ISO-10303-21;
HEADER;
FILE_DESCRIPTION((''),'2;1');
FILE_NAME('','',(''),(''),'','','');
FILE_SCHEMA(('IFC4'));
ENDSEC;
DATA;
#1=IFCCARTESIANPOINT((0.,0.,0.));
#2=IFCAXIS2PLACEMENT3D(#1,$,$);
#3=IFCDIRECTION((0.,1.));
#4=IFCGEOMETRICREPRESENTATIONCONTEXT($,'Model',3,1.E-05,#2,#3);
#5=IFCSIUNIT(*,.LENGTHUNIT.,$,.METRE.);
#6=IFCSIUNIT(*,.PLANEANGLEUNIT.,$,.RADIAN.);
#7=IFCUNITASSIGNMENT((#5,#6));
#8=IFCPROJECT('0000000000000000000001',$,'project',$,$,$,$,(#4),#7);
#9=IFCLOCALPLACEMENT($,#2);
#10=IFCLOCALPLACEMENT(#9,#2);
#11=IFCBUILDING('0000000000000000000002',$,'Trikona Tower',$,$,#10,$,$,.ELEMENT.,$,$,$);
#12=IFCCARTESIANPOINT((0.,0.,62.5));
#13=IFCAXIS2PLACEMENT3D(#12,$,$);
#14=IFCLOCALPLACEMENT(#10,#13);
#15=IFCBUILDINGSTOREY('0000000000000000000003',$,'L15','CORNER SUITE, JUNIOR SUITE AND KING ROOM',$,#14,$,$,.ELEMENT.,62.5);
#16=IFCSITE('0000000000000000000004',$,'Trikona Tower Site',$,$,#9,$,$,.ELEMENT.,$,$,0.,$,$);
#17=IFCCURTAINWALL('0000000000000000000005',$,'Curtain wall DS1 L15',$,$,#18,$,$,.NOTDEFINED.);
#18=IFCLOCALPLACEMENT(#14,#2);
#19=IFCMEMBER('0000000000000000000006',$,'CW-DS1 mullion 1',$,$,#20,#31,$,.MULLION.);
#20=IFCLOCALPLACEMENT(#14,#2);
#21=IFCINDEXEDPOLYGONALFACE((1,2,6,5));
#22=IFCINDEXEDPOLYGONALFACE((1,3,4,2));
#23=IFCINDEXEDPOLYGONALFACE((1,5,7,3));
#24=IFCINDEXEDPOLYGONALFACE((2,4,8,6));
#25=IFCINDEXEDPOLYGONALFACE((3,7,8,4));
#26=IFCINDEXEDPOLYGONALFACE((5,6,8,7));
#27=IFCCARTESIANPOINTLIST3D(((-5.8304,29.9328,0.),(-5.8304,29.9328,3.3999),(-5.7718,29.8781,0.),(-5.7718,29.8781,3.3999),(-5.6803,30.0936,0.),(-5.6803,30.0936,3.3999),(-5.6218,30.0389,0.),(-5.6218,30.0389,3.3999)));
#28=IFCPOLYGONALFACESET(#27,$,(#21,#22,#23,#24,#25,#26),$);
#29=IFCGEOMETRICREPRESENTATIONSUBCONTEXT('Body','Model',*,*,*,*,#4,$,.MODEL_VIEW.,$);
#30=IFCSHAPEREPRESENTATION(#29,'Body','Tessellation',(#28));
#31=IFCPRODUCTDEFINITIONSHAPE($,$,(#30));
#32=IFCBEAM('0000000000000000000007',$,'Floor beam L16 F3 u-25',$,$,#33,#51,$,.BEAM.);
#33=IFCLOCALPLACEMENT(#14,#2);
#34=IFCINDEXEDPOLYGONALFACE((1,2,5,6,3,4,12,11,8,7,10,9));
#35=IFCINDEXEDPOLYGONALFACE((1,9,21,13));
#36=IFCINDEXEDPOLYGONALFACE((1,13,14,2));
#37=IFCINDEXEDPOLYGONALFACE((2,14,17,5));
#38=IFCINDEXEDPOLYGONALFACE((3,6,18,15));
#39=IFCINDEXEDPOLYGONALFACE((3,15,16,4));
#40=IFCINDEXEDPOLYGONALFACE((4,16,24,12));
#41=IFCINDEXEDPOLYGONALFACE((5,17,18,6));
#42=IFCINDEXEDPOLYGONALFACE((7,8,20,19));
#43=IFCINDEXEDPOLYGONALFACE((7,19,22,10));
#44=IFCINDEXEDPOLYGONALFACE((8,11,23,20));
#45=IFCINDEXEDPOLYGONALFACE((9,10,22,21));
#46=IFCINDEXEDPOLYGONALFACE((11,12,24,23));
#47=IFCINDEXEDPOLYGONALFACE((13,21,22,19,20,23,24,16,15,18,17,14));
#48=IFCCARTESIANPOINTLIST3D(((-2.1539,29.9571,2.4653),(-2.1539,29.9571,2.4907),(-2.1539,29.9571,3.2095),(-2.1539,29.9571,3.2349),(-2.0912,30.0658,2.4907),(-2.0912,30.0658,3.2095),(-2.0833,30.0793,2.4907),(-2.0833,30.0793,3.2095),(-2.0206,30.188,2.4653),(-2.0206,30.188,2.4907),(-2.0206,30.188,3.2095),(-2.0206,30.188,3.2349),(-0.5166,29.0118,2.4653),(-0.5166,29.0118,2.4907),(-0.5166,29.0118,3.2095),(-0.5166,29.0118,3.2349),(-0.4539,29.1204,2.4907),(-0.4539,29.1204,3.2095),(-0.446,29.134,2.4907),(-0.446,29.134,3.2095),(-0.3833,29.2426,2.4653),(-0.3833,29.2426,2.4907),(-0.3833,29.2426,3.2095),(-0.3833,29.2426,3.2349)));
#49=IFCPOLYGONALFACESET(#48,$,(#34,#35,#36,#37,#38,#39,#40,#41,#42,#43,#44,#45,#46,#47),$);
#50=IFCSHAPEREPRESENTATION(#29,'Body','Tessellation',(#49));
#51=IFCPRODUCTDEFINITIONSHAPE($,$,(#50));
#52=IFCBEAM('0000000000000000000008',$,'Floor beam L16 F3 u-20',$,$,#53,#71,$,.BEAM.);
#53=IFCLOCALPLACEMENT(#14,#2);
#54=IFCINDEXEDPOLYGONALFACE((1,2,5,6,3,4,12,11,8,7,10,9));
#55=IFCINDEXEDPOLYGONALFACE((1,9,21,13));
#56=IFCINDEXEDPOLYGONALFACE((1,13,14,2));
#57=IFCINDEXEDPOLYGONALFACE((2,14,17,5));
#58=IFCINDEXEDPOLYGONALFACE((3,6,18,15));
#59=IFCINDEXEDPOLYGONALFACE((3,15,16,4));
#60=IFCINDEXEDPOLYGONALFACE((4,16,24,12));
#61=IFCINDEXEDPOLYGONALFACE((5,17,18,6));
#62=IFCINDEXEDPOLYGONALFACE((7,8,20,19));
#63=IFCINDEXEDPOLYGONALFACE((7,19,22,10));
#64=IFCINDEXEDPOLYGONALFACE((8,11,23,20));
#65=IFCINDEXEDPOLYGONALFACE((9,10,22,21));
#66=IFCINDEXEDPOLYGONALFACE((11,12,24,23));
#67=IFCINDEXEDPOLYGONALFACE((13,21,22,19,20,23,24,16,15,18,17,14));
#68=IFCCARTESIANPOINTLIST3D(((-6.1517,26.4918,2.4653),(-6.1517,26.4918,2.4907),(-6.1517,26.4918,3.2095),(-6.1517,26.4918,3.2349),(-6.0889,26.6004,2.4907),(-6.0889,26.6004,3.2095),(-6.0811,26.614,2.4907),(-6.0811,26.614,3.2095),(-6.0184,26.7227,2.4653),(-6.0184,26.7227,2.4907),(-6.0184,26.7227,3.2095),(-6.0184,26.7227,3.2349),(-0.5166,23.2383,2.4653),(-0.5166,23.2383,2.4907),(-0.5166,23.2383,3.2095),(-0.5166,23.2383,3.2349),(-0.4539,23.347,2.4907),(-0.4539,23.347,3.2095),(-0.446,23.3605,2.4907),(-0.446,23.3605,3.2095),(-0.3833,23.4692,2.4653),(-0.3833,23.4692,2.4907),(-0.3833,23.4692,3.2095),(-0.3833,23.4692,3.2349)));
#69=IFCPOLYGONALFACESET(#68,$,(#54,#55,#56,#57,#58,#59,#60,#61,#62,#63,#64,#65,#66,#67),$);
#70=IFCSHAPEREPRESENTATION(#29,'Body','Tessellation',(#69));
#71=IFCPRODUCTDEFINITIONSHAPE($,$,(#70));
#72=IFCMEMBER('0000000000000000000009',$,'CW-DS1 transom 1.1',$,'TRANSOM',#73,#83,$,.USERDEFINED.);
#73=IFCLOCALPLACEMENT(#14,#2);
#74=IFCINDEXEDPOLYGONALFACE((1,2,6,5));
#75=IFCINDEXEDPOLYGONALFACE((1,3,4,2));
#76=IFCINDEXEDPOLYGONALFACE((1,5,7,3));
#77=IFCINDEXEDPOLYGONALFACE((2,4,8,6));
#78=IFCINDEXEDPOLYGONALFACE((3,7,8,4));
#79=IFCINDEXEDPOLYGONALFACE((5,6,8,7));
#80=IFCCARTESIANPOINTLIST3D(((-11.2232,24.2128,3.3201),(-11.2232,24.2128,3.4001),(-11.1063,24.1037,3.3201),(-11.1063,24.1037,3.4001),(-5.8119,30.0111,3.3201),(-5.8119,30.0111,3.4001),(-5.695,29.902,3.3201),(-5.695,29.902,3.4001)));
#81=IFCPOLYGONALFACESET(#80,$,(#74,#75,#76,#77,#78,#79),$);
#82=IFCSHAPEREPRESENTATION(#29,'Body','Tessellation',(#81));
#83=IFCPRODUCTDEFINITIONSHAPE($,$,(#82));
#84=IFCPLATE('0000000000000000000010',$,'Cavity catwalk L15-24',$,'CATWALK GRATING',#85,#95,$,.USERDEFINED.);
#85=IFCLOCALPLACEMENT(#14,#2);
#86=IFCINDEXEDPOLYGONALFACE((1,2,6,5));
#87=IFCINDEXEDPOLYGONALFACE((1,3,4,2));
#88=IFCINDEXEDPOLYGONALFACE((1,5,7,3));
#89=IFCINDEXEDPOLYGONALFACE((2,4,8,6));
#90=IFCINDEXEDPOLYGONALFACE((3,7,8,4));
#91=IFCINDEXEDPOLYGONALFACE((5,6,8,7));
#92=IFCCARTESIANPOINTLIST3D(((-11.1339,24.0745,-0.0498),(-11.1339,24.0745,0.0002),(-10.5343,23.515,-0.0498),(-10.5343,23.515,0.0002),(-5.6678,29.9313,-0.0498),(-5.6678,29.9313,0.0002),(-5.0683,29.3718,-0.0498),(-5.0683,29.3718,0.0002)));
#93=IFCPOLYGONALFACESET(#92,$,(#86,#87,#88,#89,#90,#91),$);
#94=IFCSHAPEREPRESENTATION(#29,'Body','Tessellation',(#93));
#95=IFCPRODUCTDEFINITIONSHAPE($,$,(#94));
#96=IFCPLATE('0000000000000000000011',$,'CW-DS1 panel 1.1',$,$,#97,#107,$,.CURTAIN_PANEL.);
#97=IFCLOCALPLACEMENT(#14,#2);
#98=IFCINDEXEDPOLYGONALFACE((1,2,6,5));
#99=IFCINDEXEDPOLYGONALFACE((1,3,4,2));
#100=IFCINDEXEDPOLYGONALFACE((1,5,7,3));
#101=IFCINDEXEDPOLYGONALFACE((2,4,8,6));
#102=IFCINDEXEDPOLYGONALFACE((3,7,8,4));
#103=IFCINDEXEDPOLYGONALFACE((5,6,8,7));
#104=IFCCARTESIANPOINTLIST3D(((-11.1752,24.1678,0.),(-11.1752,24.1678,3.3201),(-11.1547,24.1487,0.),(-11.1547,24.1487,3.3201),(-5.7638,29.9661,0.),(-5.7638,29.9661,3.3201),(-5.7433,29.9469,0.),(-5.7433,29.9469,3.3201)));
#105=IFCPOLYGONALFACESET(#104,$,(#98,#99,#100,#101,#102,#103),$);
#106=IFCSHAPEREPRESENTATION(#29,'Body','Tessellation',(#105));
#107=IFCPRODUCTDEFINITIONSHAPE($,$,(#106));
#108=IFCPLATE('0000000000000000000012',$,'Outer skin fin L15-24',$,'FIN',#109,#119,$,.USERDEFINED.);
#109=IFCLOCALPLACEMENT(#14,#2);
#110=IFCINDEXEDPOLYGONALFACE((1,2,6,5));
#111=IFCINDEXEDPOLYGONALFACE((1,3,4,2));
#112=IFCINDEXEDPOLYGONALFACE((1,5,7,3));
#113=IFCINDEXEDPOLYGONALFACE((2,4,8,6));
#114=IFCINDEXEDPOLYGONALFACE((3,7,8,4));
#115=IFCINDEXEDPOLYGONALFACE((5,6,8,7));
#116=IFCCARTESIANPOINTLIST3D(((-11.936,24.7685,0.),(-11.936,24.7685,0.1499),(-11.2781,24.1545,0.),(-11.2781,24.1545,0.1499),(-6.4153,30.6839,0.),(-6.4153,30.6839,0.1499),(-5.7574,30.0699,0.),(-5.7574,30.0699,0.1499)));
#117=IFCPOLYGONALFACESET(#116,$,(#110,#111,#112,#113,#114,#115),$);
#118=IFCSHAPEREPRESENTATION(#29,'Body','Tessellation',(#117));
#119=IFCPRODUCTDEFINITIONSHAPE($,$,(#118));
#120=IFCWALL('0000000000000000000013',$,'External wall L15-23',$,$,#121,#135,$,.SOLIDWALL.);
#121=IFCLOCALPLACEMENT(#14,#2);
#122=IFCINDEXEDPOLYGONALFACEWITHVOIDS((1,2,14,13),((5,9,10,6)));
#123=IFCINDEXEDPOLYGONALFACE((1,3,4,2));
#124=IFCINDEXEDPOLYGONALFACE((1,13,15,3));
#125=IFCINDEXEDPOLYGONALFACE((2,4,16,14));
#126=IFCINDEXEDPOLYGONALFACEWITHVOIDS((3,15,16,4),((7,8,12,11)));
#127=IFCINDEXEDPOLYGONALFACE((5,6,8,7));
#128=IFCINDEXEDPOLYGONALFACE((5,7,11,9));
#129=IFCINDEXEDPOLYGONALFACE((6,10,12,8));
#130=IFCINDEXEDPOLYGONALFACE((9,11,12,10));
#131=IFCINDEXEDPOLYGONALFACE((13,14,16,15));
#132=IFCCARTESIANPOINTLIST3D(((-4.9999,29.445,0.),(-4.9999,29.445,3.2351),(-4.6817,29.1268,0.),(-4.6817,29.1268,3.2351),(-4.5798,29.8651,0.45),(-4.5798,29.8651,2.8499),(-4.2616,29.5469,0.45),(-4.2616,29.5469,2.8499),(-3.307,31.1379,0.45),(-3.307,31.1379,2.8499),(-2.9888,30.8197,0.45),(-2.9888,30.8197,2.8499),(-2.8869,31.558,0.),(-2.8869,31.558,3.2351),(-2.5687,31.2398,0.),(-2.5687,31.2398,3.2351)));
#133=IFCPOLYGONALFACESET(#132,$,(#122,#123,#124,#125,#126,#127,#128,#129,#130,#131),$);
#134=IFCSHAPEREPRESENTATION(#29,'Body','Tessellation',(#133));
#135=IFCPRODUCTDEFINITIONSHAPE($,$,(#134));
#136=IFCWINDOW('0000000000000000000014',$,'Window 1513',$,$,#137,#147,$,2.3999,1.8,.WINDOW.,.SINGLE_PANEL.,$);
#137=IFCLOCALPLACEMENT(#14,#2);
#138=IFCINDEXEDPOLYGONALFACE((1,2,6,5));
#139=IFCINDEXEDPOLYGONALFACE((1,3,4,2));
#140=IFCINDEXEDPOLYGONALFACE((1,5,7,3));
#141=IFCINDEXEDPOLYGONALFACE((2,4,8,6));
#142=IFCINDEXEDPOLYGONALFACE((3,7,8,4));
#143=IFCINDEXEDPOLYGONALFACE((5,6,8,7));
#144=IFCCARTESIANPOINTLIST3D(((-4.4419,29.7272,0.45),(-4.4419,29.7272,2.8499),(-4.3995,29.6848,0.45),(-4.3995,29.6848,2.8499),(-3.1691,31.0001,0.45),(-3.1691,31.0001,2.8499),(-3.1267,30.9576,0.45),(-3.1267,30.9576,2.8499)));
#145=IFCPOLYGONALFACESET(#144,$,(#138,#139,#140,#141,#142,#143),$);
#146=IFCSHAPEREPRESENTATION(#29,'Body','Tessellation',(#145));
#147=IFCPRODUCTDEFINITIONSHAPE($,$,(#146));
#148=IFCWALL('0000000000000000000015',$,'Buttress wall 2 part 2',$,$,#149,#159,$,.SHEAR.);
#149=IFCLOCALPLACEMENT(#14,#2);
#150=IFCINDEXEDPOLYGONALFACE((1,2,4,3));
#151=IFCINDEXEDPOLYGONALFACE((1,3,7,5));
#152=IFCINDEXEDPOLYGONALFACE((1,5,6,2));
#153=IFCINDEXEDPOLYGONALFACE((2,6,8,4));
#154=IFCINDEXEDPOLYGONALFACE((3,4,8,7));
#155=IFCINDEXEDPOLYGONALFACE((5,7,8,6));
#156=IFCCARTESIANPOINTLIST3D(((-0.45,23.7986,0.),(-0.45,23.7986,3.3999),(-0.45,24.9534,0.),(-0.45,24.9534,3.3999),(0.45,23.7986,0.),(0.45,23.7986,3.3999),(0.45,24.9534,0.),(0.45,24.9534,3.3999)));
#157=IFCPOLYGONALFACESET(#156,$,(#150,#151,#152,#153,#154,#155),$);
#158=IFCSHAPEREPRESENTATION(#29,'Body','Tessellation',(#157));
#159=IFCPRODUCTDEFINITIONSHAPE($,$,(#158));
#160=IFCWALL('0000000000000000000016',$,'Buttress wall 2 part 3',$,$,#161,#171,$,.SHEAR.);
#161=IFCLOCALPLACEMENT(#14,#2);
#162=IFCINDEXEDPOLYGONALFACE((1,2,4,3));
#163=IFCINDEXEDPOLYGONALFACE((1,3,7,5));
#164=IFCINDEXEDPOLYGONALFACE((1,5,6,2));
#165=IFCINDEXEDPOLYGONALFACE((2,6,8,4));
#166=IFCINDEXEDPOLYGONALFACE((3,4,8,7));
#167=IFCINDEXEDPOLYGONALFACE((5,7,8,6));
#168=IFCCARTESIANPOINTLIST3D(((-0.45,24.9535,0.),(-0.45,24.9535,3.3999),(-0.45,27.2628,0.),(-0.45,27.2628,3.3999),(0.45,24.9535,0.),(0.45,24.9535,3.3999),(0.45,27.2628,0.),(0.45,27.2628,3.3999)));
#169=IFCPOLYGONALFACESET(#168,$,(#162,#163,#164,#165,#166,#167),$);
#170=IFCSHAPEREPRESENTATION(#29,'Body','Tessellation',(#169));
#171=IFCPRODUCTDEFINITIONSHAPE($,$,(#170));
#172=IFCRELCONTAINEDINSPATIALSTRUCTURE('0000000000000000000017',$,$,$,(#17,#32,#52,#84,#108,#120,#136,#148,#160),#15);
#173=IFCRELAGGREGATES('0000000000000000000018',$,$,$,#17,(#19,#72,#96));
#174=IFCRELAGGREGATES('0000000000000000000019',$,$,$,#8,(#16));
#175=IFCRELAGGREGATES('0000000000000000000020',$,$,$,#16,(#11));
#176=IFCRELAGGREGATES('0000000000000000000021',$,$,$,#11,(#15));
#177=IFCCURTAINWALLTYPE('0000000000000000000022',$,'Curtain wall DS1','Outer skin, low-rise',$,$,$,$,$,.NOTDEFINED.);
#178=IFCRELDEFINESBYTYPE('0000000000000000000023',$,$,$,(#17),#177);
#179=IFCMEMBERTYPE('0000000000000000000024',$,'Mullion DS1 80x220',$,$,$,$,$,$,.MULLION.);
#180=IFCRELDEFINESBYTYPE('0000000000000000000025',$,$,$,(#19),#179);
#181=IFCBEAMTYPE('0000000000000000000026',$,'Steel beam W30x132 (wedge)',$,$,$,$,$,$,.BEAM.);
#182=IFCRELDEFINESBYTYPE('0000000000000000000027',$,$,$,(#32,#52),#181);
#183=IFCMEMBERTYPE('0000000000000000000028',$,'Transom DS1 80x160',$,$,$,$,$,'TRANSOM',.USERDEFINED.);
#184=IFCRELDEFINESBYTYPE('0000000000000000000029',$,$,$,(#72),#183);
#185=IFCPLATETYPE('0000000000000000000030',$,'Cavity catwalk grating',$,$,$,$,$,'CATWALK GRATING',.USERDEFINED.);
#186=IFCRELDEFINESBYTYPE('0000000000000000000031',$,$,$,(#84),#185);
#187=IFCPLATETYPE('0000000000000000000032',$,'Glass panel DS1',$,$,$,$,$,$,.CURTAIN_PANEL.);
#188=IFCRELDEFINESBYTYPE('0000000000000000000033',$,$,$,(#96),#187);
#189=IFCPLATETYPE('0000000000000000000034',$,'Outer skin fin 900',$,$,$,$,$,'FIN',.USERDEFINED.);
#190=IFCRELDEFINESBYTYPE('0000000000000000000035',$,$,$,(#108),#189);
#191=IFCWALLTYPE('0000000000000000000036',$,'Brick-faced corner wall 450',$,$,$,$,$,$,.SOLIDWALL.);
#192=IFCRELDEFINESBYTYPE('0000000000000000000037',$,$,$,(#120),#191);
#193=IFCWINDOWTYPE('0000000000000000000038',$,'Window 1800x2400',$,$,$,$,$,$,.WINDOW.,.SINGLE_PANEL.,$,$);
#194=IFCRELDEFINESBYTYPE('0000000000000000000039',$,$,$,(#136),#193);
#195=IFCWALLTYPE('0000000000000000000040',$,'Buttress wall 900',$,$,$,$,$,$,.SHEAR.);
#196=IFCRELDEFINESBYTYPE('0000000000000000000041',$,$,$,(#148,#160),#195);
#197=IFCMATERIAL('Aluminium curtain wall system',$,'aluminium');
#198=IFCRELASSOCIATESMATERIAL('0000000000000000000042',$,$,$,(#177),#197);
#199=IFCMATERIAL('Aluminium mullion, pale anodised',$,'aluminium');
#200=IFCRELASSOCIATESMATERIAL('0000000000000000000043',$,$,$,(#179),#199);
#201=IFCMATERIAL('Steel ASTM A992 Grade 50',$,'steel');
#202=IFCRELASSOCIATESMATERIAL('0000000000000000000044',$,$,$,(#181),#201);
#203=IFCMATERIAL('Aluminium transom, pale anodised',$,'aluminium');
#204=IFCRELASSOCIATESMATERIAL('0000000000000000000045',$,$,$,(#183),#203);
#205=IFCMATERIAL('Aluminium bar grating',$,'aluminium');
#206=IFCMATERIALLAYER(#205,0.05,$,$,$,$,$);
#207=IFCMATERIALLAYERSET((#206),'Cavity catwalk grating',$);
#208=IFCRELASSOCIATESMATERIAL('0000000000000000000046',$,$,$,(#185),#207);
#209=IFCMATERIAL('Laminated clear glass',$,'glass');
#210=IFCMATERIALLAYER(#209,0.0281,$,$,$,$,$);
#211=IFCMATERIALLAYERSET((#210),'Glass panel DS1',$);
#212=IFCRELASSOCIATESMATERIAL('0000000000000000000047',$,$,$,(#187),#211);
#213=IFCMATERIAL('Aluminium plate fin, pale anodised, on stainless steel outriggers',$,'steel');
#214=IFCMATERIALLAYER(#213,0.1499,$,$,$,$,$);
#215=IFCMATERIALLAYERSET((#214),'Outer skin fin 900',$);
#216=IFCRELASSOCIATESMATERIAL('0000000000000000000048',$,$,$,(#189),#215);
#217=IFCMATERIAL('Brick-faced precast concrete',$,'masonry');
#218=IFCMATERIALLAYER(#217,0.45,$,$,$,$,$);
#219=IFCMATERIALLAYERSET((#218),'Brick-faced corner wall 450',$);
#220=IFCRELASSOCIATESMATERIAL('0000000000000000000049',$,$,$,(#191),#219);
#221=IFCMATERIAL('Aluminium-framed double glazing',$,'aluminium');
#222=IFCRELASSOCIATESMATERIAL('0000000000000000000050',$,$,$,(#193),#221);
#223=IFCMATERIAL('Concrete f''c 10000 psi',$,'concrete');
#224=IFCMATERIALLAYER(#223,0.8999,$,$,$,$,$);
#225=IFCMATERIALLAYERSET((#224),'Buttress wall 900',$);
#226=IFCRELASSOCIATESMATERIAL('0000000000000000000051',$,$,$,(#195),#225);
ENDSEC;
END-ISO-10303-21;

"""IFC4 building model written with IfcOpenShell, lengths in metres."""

from ifc_helpers import new_model, si_unit, direction, frame, frame_2d, origin, origin_2d, place, context, subcontext, project, spatial, rectangle, i_section, extrude, material, layer, layer_set, material_profile, profile_set, type_object, element, fill, aggregate, save


model = new_model("IFC4")

# Units and contexts
model_context = context("Model", 3, precision=1e-05, world=origin(), true_north=direction((0.0, 1.0)))
body_context = subcontext(model_context, "Body", "Model", "MODEL_VIEW")
ifc_project = project(units=[si_unit("LENGTHUNIT", "METRE"), si_unit("PLANEANGLEUNIT", "RADIAN")], contexts=[model_context])

# Site, building, storey
site_placement = place(None, origin())
site = spatial("IfcSite", under=ifc_project, at=site_placement, Name="Trikona Tower Site", CompositionType="ELEMENT", RefElevation=0.0)
building_placement = place(site_placement, origin())
building = spatial("IfcBuilding", under=site, at=building_placement, Name="Trikona Tower", CompositionType="ELEMENT")
storey_placement = place(building_placement, frame((0.0, 0.0, 62.5)))
storey = spatial("IfcBuildingStorey", under=building, at=storey_placement, Name="L15", Description="CORNER SUITE, JUNIOR SUITE AND KING ROOM", CompositionType="ELEMENT", Elevation=62.5)

# Curtain wall, member
ifc_material_1 = material(Name="Aluminium curtain wall system", Category="aluminium")
curtain_wall_type = type_object("IfcCurtainWallType", Name="Curtain wall DS1", Description="Outer skin, low-rise", PredefinedType="NOTDEFINED", material=ifc_material_1)
curtain_wall_placement = place(storey_placement, origin())
curtain_wall = element("IfcCurtainWall", 1, at=curtain_wall_placement, inside=storey, type_object=curtain_wall_type, Name="Curtain wall DS1 L15", PredefinedType="NOTDEFINED")
ifc_material_2 = material(Name="Aluminium mullion, pale anodised", Category="aluminium")
ifc_material_profile_1 = material_profile(ifc_material_2, rectangle(XDim=0.0801, YDim=0.22, at=origin_2d()), Name="MUL-DS1")
ifc_profile_set_1 = profile_set([ifc_material_profile_1], Name="Aluminium mullion, pale anodised")
member_type_1 = type_object("IfcMemberType", Name="Mullion DS1 80x220", PredefinedType="MULLION", material=ifc_profile_set_1)
member_1_placement = place(storey_placement, frame((-5.7261, 29.9858, 0.0), z_axis=(0.0, 0.0, 1.0), x_axis=(0.731077, -0.682295, 0.0)))
member_1 = element("IfcMember", 2, at=member_1_placement, type_object=member_type_1, Name="CW-DS1 mullion 1", PredefinedType="MULLION", context=body_context, shape_type="SweptSolid", body=[
    extrude(rectangle(XDim=0.0801, YDim=0.22, at=origin_2d()), origin(), (0.0, 0.0, 1.0), 3.3999),
])

# Beams
ifc_material_3 = material(Name="Steel ASTM A992 Grade 50", Category="steel")
ifc_material_profile_2 = material_profile(ifc_material_3, i_section(OverallWidth=0.2666, OverallDepth=0.7695, WebThickness=0.0156, FlangeThickness=0.0254, at=origin_2d()), Name="W30X132")
ifc_profile_set_2 = profile_set([ifc_material_profile_2], Name="Steel ASTM A992 Grade 50")
beam_type = type_object("IfcBeamType", Name="Steel beam W30x132 (wedge)", PredefinedType="BEAM", material=ifc_profile_set_2)
beam_1_placement = place(storey_placement, frame((-0.45, 29.1272, 2.8501), z_axis=(-0.866009, 0.500028, 0.0), x_axis=(-0.500028, -0.866009, 0.0)))
element("IfcBeam", 3, at=beam_1_placement, inside=storey, type_object=beam_type, Name="Floor beam L16 F3 u-25", PredefinedType="BEAM", context=body_context, shape_type="SweptSolid", body=[
    extrude(i_section(OverallWidth=0.2666, OverallDepth=0.7695, WebThickness=0.0156, FlangeThickness=0.0254, at=origin_2d()), origin(), (0.0, 0.0, 1.0), 1.8906),
])
beam_2_placement = place(storey_placement, frame((-0.45, 23.3538, 2.8501), z_axis=(-0.866023, 0.500005, 0.0), x_axis=(-0.500005, -0.866023, 0.0)))
element("IfcBeam", 4, at=beam_2_placement, inside=storey, type_object=beam_type, Name="Floor beam L16 F3 u-20", PredefinedType="BEAM", context=body_context, shape_type="SweptSolid", body=[
    extrude(i_section(OverallWidth=0.2666, OverallDepth=0.7695, WebThickness=0.0156, FlangeThickness=0.0254, at=origin_2d()), origin(), (0.0, 0.0, 1.0), 6.5068),
])

# Member
ifc_material_4 = material(Name="Aluminium transom, pale anodised", Category="aluminium")
ifc_material_profile_3 = material_profile(ifc_material_4, rectangle(XDim=0.1599, YDim=0.0801, at=origin_2d()), Name="TRN-DS1")
ifc_profile_set_3 = profile_set([ifc_material_profile_3], Name="Aluminium transom, pale anodised")
member_type_2 = type_object("IfcMemberType", Name="Transom DS1 80x160", ElementType="TRANSOM", PredefinedType="USERDEFINED", material=ifc_profile_set_3)
member_2_placement = place(storey_placement, frame((-5.7534, 29.9565, 3.3601), z_axis=(-0.682291, -0.731081, 0.0), x_axis=(0.731081, -0.682291, 0.0)))
member_2 = element("IfcMember", 5, at=member_2_placement, type_object=member_type_2, Name="CW-DS1 transom 1.1", ObjectType="TRANSOM", PredefinedType="USERDEFINED", context=body_context, shape_type="SweptSolid", body=[
    extrude(rectangle(XDim=0.1599, YDim=0.0801, at=origin_2d()), origin(), (0.0, 0.0, 1.0), 7.9312),
])

# Plates
ifc_material_5 = material(Name="Aluminium bar grating", Category="aluminium")
ifc_layer_1 = layer(ifc_material_5, 0.05)
ifc_layer_set_1 = layer_set([ifc_layer_1], Name="Cavity catwalk grating")
plate_type_1 = type_object("IfcPlateType", Name="Cavity catwalk grating", ElementType="CATWALK GRATING", PredefinedType="USERDEFINED", material=ifc_layer_set_1)
plate_1_placement = place(storey_placement, frame((-8.1011, 26.7231, -0.0498), z_axis=(0.0, 0.0, 1.0), x_axis=(-0.682298, -0.731074, 0.0)))
element("IfcPlate", 6, at=plate_1_placement, inside=storey, type_object=plate_type_1, Name="Cavity catwalk L15-24", ObjectType="CATWALK GRATING", PredefinedType="USERDEFINED", context=body_context, shape_type="SweptSolid", body=[
    extrude(rectangle(XDim=8.0112, YDim=0.8201, at=origin_2d()), origin(), (0.0, 0.0, 1.0), 0.05),
])
ifc_material_6 = material(Name="Laminated clear glass", Category="glass")
ifc_layer_2 = layer(ifc_material_6, 0.0281)
ifc_layer_set_2 = layer_set([ifc_layer_2], Name="Glass panel DS1")
plate_type_2 = type_object("IfcPlateType", Name="Glass panel DS1", PredefinedType="CURTAIN_PANEL", material=ifc_layer_set_2)
plate_2_placement = place(storey_placement, frame((-8.4592, 27.0574, 0.0), z_axis=(0.0, 0.0, 1.0), x_axis=(-0.682295, -0.731077, 0.0)))
plate_2 = element("IfcPlate", 7, at=plate_2_placement, type_object=plate_type_2, Name="CW-DS1 panel 1.1", PredefinedType="CURTAIN_PANEL", context=body_context, shape_type="SweptSolid", body=[
    extrude(rectangle(XDim=7.9312, YDim=0.0281, at=origin_2d()), origin(), (0.0, 0.0, 1.0), 3.3201),
])
aggregate(curtain_wall, [member_1, member_2, plate_2])
ifc_material_7 = material(Name="Aluminium plate fin, pale anodised, on stainless steel outriggers", Category="steel")
ifc_layer_3 = layer(ifc_material_7, 0.1499)
ifc_layer_set_3 = layer_set([ifc_layer_3], Name="Outer skin fin 900")
plate_type_3 = type_object("IfcPlateType", Name="Outer skin fin 900", ElementType="FIN", PredefinedType="USERDEFINED", material=ifc_layer_set_3)
plate_3_placement = place(storey_placement, frame((-8.8467, 27.4192, 0.0), z_axis=(0.0, 0.0, 1.0), x_axis=(-0.682298, -0.731074, 0.0)))
element("IfcPlate", 8, at=plate_3_placement, inside=storey, type_object=plate_type_3, Name="Outer skin fin L15-24", ObjectType="FIN", PredefinedType="USERDEFINED", context=body_context, shape_type="SweptSolid", body=[
    extrude(rectangle(XDim=8.0913, YDim=0.8999, at=origin_2d()), origin(), (0.0, 0.0, 1.0), 0.1499),
])

# Wall, opening, window
ifc_material_8 = material(Name="Brick-faced precast concrete", Category="masonry")
ifc_layer_4 = layer(ifc_material_8, 0.45)
ifc_layer_set_4 = layer_set([ifc_layer_4], Name="Brick-faced corner wall 450")
wall_type_1 = type_object("IfcWallType", Name="Brick-faced corner wall 450", PredefinedType="SOLIDWALL", material=ifc_layer_set_4)
wall_1_placement = place(storey_placement, frame((-2.7278, 31.3989, 0.0), z_axis=(0.0, 0.0, 1.0), x_axis=(-0.707107, -0.707107, 0.0)))
wall_1 = element("IfcWall", 9, at=wall_1_placement, inside=storey, type_object=wall_type_1, Name="External wall L15-23", PredefinedType="SOLIDWALL", context=body_context, shape_type="SweptSolid", body=[
    extrude(rectangle(XDim=2.9883, YDim=0.45, at=frame_2d((1.4941, 0.0))), origin(), (0.0, 0.0, 1.0), 3.2351),
])
opening_1_placement = place(wall_1_placement, frame((0.5942, 0.0, 0.45)))
opening_1 = element("IfcOpeningElement", 10, at=opening_1_placement, cuts=wall_1, PredefinedType="OPENING", context=body_context, shape_type="SweptSolid", body=[
    extrude(rectangle(XDim=1.8, YDim=2.3999, at=frame_2d((0.8999, 1.2))), frame((0.0, 0.2349, 0.0), z_axis=(0.0, -1.0, 0.0), x_axis=(1.0, 0.0, 0.0)), (0.0, 0.0, 1.0), 0.47),
])
ifc_material_9 = material(Name="Aluminium-framed double glazing", Category="aluminium")
window_type_1 = type_object("IfcWindowType", Name="Window 1800x2400", PartitioningType="SINGLE_PANEL", PredefinedType="WINDOW", material=ifc_material_9)
window_1_placement = place(opening_1_placement, origin())
window_1 = element("IfcWindow", 11, at=window_1_placement, inside=storey, type_object=window_type_1, Name="Window 1513", OverallHeight=2.3999, OverallWidth=1.8, PartitioningType="SINGLE_PANEL", PredefinedType="WINDOW", context=body_context, shape_type="SweptSolid", body=[
    extrude(rectangle(XDim=1.8, YDim=2.3999, at=frame_2d((0.8999, 1.2))), frame((0.0, 0.03, 0.0), z_axis=(0.0, -1.0, 0.0), x_axis=(1.0, 0.0, 0.0)), (0.0, 0.0, 1.0), 0.0601),
])
fill(opening_1, window_1)

# Walls
ifc_material_10 = material(Name="Concrete f'c 10000 psi", Category="concrete")
ifc_layer_5 = layer(ifc_material_10, 0.8999)
ifc_layer_set_5 = layer_set([ifc_layer_5], Name="Buttress wall 900")
wall_type_2 = type_object("IfcWallType", Name="Buttress wall 900", PredefinedType="SHEAR", material=ifc_layer_set_5)
wall_2_placement = place(storey_placement, frame((0.0, 23.7986, 0.0), z_axis=(0.0, 0.0, 1.0), x_axis=(0.0, 1.0, 0.0)))
element("IfcWall", 12, at=wall_2_placement, inside=storey, type_object=wall_type_2, Name="Buttress wall 2 part 2", PredefinedType="SHEAR", context=body_context, shape_type="SweptSolid", body=[
    extrude(rectangle(XDim=1.1548, YDim=0.8999, at=frame_2d((0.5774, 0.0))), origin(), (0.0, 0.0, 1.0), 3.3999),
])
wall_3_placement = place(storey_placement, frame((0.0, 24.9534, 0.0), z_axis=(0.0, 0.0, 1.0), x_axis=(0.0, 1.0, 0.0)))
element("IfcWall", 13, at=wall_3_placement, inside=storey, type_object=wall_type_2, Name="Buttress wall 2 part 3", PredefinedType="SHEAR", context=body_context, shape_type="SweptSolid", body=[
    extrude(rectangle(XDim=2.3093, YDim=0.8999, at=frame_2d((1.1548, 0.0))), origin(), (0.0, 0.0, 1.0), 3.3999),
])

save(model, "model.ifc")
